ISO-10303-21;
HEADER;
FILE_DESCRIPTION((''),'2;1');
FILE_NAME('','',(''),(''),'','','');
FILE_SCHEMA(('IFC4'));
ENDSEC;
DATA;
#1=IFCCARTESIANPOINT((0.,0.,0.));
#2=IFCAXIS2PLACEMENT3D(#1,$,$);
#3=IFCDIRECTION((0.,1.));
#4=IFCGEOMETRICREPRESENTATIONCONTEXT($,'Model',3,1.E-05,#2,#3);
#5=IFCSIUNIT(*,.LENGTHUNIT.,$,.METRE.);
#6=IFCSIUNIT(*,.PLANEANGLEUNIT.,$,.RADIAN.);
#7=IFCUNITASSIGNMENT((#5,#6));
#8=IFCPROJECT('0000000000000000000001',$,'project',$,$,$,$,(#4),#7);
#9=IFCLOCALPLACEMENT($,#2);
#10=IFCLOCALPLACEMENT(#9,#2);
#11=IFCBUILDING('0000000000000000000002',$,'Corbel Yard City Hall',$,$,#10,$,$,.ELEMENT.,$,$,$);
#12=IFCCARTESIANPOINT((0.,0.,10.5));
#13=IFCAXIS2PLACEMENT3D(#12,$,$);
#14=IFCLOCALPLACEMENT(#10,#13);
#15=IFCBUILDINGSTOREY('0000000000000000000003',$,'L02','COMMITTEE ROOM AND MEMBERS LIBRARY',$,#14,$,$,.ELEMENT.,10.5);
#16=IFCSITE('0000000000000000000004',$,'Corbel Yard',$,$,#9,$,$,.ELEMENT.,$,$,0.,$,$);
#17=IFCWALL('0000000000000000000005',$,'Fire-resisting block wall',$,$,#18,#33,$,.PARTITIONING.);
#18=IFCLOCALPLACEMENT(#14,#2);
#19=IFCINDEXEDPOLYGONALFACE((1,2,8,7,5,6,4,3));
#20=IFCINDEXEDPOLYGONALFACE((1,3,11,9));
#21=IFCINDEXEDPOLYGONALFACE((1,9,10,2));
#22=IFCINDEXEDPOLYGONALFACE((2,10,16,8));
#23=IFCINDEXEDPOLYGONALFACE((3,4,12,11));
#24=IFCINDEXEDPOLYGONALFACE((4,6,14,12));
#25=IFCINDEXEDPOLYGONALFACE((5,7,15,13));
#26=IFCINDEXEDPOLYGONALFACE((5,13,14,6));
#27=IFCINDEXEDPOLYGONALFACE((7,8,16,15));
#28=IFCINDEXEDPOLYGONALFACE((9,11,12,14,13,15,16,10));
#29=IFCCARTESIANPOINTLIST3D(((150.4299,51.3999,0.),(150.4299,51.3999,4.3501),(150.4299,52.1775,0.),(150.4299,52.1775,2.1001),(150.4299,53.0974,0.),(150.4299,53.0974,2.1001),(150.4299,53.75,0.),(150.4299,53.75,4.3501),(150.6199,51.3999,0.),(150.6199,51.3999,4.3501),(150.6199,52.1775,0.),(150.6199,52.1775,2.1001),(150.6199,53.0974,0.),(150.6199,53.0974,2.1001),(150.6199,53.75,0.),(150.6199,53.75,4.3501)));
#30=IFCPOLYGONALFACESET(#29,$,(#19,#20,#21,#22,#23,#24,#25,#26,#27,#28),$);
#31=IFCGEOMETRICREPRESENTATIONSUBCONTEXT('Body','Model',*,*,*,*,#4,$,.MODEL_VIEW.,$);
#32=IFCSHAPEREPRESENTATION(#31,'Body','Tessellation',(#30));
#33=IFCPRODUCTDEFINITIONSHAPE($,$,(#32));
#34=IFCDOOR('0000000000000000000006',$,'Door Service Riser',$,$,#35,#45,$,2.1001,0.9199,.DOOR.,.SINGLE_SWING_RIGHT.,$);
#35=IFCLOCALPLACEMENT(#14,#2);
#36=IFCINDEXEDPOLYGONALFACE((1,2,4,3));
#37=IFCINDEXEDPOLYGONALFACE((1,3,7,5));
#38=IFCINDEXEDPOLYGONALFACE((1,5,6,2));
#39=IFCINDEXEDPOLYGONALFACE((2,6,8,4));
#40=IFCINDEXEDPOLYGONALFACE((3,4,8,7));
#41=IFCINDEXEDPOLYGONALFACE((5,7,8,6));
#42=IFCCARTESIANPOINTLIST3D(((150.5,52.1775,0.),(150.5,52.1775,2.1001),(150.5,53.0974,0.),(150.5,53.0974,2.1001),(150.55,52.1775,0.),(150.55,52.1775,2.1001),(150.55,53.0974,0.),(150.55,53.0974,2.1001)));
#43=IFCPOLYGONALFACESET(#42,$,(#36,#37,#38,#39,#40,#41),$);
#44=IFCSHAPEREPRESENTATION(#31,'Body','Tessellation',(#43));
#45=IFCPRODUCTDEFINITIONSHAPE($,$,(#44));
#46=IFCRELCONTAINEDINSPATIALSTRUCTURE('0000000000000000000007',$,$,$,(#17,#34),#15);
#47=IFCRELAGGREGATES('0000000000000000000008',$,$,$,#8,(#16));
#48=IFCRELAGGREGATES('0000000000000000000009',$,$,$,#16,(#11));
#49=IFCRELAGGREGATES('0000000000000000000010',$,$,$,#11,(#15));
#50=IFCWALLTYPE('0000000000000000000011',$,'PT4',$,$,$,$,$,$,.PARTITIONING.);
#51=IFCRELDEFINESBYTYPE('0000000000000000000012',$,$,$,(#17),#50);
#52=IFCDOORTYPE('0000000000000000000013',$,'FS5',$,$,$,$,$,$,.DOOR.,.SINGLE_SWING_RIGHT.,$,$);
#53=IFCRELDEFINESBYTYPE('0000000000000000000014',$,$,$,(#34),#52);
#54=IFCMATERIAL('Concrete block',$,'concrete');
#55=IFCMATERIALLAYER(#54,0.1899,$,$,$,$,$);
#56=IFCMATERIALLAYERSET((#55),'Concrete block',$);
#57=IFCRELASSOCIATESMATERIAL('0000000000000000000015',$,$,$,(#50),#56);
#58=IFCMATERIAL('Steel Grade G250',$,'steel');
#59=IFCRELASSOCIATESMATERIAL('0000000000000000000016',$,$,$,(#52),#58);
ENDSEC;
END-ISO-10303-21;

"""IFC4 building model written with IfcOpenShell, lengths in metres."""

from ifc_helpers import new_model, si_unit, direction, frame, frame_2d, origin, place, context, subcontext, project, spatial, rectangle, extrude, material, layer, layer_set, type_object, element, fill, save


model = new_model("IFC4")

# Units and contexts
model_context = context("Model", 3, precision=1e-05, world=origin(), true_north=direction((0.0, 1.0)))
body_context = subcontext(model_context, "Body", "Model", "MODEL_VIEW")
ifc_project = project(units=[si_unit("LENGTHUNIT", "METRE"), si_unit("PLANEANGLEUNIT", "RADIAN")], contexts=[model_context])

# Site, building, storey
site_placement = place(None, origin())
site = spatial("IfcSite", under=ifc_project, at=site_placement, Name="Corbel Yard", CompositionType="ELEMENT", RefElevation=0.0)
building_placement = place(site_placement, origin())
building = spatial("IfcBuilding", under=site, at=building_placement, Name="Corbel Yard City Hall", CompositionType="ELEMENT")
storey_placement = place(building_placement, frame((0.0, 0.0, 10.5)))
storey = spatial("IfcBuildingStorey", under=building, at=storey_placement, Name="L02", Description="COMMITTEE ROOM AND MEMBERS LIBRARY", CompositionType="ELEMENT", Elevation=10.5)

# Shared definitions
ifc_material_1 = material(Name="Steel Grade G250", Category="steel")

# Wall, opening, door
ifc_material_2 = material(Name="Concrete block", Category="concrete")
ifc_layer_1 = layer(ifc_material_2, 0.1899)
ifc_layer_set_1 = layer_set([ifc_layer_1], Name="Concrete block")
wall_type_1 = type_object("IfcWallType", Name="PT4", PredefinedType="PARTITIONING", material=ifc_layer_set_1)
wall_1_placement = place(storey_placement, frame((150.5249, 51.3999, 0.0), z_axis=(0.0, 0.0, 1.0), x_axis=(0.0, 1.0, 0.0)))
wall_1 = element("IfcWall", 1, at=wall_1_placement, inside=storey, type_object=wall_type_1, Name="Fire-resisting block wall", PredefinedType="PARTITIONING", context=body_context, shape_type="SweptSolid", body=[
    extrude(rectangle(XDim=2.3501, YDim=0.1899, at=frame_2d((1.175, 0.0))), origin(), (0.0, 0.0, 1.0), 4.3501),
])
opening_1_placement = place(wall_1_placement, frame((0.7776, 0.0, 0.0)))
opening_1 = element("IfcOpeningElement", 2, at=opening_1_placement, cuts=wall_1, PredefinedType="OPENING", context=body_context, shape_type="SweptSolid", body=[
    extrude(rectangle(XDim=0.9199, YDim=2.1001, at=frame_2d((0.46, 1.05))), frame((0.0, 0.105, 0.0), z_axis=(0.0, -1.0, 0.0), x_axis=(1.0, 0.0, 0.0)), (0.0, 0.0, 1.0), 0.21),
])
door_type_1 = type_object("IfcDoorType", Name="FS5", OperationType="SINGLE_SWING_RIGHT", PredefinedType="DOOR", material=ifc_material_1)
door_1_placement = place(opening_1_placement, origin())
door_1 = element("IfcDoor", 3, at=door_1_placement, inside=storey, type_object=door_type_1, Name="Door Service Riser", OperationType="SINGLE_SWING_RIGHT", OverallHeight=2.1001, OverallWidth=0.9199, PredefinedType="DOOR", context=body_context, shape_type="SweptSolid", body=[
    extrude(rectangle(XDim=0.9199, YDim=2.1001, at=frame_2d((0.46, 1.05))), frame((0.0, 0.0249, 0.0), z_axis=(0.0, -1.0, 0.0), x_axis=(1.0, 0.0, 0.0)), (0.0, 0.0, 1.0), 0.05),
])
fill(opening_1, door_1)

save(model, "model.ifc")
